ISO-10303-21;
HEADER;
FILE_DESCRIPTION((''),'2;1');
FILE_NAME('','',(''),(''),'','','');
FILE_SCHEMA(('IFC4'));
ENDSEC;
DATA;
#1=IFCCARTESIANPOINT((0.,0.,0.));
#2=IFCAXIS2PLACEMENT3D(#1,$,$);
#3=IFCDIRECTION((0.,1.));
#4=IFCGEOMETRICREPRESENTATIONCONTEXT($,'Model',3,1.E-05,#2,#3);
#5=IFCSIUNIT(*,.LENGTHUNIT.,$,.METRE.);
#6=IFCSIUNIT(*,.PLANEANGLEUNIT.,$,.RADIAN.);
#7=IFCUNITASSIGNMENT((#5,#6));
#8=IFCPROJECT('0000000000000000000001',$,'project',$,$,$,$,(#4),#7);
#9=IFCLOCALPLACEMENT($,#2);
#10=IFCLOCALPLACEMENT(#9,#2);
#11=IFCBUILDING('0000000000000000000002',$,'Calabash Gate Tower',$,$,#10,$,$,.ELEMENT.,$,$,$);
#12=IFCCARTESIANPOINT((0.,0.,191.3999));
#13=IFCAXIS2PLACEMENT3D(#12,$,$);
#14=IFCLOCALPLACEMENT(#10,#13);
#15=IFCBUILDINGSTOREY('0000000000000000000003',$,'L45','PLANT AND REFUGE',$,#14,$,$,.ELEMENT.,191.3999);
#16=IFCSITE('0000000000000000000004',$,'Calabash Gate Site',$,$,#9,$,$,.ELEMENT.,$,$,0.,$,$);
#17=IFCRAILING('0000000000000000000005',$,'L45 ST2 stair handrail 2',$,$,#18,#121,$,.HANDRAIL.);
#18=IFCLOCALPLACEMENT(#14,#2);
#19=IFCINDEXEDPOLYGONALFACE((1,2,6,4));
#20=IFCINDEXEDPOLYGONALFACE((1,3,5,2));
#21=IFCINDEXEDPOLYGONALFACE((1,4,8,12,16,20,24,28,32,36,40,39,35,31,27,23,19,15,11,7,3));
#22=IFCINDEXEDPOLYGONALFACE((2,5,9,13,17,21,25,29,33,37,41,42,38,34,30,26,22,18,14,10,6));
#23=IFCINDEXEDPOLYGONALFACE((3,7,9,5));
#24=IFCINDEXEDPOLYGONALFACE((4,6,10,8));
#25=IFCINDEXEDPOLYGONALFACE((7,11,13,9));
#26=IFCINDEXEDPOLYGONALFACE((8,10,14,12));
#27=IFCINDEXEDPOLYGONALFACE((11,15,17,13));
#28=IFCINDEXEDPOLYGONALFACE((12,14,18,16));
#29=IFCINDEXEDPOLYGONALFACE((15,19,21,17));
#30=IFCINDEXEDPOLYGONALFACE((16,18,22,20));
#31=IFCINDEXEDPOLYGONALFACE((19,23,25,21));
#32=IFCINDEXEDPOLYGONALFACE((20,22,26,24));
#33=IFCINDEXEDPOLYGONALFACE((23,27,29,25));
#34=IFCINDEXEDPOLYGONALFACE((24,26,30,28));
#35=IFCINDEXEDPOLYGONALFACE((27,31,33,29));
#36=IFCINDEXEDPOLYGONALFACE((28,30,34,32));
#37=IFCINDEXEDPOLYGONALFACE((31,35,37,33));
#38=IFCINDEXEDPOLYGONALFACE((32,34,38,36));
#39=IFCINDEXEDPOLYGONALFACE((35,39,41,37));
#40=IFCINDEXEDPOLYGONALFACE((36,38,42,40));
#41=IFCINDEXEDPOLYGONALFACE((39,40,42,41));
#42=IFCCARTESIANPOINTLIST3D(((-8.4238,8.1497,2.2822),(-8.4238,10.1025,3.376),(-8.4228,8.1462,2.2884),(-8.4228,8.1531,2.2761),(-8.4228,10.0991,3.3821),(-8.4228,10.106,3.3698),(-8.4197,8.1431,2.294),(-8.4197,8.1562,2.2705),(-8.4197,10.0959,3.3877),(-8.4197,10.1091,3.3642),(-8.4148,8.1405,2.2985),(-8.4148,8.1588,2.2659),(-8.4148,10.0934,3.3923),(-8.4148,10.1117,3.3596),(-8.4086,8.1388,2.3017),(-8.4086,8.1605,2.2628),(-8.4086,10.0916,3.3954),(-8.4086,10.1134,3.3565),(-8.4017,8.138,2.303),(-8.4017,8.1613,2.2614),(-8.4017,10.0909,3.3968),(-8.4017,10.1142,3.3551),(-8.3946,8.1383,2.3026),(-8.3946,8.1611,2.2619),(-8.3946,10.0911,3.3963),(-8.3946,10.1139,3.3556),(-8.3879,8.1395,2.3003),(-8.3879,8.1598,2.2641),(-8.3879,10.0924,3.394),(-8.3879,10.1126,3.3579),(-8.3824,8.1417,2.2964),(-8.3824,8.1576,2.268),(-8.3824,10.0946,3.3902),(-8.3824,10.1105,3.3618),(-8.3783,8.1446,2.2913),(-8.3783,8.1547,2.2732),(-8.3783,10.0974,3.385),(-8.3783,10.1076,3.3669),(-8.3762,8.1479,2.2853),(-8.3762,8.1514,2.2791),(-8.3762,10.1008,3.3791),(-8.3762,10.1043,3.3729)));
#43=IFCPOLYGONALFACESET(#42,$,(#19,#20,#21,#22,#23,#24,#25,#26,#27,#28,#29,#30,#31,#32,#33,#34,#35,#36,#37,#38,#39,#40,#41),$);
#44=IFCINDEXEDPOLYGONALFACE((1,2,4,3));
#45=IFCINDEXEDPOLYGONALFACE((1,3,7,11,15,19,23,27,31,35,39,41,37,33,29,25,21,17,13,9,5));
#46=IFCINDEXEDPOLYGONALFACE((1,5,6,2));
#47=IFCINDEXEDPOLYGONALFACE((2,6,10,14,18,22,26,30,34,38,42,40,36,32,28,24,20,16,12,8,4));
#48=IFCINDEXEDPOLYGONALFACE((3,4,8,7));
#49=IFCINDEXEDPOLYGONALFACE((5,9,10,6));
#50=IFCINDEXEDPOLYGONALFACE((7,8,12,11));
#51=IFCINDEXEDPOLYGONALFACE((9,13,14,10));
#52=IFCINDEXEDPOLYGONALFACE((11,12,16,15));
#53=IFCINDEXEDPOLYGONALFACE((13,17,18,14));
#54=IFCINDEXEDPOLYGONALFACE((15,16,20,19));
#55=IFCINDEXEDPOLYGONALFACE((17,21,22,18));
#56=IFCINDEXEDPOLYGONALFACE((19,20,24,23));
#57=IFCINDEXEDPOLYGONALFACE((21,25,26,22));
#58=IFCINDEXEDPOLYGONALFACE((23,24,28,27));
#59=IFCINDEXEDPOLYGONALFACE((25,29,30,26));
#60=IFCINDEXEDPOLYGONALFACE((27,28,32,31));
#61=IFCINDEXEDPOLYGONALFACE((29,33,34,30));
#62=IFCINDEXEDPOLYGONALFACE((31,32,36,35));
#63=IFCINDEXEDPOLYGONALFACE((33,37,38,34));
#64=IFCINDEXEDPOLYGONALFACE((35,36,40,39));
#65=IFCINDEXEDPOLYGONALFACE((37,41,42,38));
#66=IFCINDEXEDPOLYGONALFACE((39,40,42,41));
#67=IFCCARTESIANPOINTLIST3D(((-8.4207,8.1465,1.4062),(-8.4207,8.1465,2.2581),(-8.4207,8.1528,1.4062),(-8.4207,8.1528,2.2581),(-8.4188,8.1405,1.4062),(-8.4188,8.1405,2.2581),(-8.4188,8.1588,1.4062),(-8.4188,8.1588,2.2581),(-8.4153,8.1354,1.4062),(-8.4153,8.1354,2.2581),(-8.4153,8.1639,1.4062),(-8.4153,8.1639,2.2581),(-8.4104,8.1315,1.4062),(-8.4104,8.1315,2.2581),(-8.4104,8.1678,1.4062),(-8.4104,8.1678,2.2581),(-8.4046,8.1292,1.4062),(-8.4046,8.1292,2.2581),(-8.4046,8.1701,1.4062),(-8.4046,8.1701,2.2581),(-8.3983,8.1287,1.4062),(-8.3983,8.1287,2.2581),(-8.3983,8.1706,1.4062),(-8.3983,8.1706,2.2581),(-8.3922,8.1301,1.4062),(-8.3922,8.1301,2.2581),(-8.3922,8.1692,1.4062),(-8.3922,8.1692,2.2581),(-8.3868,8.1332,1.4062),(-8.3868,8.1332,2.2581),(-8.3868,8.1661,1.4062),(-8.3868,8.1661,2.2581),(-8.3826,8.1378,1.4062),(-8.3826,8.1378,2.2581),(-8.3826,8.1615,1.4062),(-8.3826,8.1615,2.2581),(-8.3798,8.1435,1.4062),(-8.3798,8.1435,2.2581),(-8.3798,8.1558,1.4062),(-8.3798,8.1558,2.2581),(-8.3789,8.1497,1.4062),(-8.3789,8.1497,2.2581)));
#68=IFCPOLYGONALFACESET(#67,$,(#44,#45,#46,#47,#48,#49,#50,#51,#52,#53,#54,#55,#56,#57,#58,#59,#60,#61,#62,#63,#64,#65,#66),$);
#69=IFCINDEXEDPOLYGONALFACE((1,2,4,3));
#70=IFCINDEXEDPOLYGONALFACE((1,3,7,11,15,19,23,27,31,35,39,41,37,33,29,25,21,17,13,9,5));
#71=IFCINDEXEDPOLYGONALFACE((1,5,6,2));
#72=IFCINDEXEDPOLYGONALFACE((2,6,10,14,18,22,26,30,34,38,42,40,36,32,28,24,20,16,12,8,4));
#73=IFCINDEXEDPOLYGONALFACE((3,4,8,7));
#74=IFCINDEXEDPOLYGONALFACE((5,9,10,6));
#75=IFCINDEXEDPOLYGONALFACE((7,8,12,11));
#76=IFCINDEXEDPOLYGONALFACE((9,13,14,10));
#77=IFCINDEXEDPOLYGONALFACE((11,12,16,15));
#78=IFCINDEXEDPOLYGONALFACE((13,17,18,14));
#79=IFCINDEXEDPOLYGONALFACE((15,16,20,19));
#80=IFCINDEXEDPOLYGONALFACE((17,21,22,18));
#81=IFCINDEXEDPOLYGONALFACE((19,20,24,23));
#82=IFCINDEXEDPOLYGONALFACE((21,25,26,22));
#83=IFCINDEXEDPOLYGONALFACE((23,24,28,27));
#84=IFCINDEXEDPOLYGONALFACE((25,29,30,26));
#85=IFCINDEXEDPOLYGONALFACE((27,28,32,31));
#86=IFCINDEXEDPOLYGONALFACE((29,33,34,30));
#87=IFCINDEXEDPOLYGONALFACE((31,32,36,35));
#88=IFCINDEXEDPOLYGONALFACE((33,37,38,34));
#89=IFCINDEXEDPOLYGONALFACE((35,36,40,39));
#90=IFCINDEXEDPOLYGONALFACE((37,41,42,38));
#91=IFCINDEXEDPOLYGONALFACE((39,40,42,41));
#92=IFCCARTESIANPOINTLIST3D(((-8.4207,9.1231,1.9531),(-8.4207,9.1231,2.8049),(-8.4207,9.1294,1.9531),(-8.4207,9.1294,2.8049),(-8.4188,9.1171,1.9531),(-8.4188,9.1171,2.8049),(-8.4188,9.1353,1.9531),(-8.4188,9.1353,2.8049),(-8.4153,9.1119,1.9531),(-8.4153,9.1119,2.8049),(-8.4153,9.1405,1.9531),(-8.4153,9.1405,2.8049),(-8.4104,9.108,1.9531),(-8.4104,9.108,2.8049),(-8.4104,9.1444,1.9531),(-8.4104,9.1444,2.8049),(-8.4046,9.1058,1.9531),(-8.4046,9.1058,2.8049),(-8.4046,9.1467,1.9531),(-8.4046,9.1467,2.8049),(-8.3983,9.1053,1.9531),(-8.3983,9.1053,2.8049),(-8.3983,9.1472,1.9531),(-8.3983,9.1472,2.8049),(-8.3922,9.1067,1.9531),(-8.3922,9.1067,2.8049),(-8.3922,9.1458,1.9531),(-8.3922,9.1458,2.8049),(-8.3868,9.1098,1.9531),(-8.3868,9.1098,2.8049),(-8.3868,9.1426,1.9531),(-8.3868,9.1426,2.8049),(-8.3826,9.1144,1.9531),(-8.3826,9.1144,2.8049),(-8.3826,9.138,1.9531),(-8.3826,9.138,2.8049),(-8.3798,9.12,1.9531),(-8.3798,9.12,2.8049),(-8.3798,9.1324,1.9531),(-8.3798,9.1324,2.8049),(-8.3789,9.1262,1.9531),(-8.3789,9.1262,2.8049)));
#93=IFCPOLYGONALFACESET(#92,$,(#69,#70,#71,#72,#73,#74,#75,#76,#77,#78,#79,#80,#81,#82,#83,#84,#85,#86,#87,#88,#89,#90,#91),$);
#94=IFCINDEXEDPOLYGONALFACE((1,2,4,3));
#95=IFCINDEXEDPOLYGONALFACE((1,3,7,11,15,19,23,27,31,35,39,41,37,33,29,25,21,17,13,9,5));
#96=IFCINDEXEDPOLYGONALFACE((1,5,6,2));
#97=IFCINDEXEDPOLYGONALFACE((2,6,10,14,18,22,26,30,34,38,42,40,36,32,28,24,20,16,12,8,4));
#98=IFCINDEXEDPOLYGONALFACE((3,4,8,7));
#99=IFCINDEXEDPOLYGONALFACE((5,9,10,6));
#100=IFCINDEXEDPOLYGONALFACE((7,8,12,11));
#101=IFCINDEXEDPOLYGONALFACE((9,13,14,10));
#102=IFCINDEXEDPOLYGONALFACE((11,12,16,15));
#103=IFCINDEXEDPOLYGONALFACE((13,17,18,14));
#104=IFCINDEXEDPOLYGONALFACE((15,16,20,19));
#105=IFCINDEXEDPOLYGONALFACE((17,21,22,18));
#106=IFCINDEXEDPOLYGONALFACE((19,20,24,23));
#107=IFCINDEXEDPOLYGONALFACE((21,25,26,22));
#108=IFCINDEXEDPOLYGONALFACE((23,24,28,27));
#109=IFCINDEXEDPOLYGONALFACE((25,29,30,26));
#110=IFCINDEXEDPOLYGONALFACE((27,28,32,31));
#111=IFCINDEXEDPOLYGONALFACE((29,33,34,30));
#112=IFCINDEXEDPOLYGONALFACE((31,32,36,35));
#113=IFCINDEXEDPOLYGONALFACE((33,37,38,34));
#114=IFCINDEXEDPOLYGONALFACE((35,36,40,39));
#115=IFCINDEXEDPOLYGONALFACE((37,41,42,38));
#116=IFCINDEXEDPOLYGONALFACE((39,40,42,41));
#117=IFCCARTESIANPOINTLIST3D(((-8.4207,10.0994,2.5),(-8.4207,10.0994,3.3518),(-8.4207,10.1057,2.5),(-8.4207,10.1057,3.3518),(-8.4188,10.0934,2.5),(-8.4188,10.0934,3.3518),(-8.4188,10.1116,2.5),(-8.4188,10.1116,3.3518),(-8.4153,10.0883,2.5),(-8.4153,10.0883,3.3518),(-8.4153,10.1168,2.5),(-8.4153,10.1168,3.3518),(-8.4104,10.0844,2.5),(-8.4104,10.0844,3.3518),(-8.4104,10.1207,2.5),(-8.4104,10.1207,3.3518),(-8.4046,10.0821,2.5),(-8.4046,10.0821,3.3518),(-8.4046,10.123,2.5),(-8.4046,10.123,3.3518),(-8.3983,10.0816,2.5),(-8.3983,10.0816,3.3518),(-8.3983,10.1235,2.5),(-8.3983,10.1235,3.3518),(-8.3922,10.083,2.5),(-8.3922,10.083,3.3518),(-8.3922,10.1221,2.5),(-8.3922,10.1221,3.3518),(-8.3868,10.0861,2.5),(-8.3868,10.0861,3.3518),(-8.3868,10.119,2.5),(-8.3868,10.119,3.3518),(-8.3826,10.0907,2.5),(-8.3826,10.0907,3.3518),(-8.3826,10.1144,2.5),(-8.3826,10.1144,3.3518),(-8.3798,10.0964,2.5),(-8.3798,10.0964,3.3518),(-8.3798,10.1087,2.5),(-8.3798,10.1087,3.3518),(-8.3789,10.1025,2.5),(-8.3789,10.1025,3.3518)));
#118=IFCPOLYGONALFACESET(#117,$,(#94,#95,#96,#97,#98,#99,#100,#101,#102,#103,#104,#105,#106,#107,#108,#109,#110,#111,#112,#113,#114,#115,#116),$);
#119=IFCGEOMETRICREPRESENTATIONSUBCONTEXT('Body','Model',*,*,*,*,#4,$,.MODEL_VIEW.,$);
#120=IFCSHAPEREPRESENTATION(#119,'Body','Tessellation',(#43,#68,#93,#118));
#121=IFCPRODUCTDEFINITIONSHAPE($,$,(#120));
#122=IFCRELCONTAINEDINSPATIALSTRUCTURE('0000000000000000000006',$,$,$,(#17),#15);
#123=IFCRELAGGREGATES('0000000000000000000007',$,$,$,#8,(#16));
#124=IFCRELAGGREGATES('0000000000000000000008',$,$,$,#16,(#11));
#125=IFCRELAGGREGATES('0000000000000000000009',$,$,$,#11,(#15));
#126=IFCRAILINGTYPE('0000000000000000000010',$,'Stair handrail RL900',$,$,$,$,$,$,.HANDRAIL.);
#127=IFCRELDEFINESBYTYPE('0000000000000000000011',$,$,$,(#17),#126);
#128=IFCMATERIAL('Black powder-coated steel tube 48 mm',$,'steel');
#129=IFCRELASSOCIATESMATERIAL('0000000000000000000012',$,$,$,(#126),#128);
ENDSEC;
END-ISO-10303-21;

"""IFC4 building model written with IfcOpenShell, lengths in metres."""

from ifc_helpers import new_model, si_unit, direction, frame, origin, origin_2d, place, context, subcontext, project, spatial, circle, extrude, material, type_object, element, save


model = new_model("IFC4")

# Units and contexts
model_context = context("Model", 3, precision=1e-05, world=origin(), true_north=direction((0.0, 1.0)))
body_context = subcontext(model_context, "Body", "Model", "MODEL_VIEW")
ifc_project = project(units=[si_unit("LENGTHUNIT", "METRE"), si_unit("PLANEANGLEUNIT", "RADIAN")], contexts=[model_context])

# Site, building, storey
site_placement = place(None, origin())
site = spatial("IfcSite", under=ifc_project, at=site_placement, Name="Calabash Gate Site", CompositionType="ELEMENT", RefElevation=0.0)
building_placement = place(site_placement, origin())
building = spatial("IfcBuilding", under=site, at=building_placement, Name="Calabash Gate Tower", CompositionType="ELEMENT")
storey_placement = place(building_placement, frame((0.0, 0.0, 191.3999)))
storey = spatial("IfcBuildingStorey", under=building, at=storey_placement, Name="L45", Description="PLANT AND REFUGE", CompositionType="ELEMENT", Elevation=191.3999)

# Railing
ifc_material_1 = material(Name="Black powder-coated steel tube 48 mm", Category="steel")
railing_type_1 = type_object("IfcRailingType", Name="Stair handrail RL900", PredefinedType="HANDRAIL", material=ifc_material_1)
railing_1_placement = place(storey_placement, frame((-8.3999, 8.1497, 1.4062)))
element("IfcRailing", 1, at=railing_1_placement, inside=storey, type_object=railing_type_1, Name="L45 ST2 stair handrail 2", PredefinedType="HANDRAIL", context=body_context, shape_type="SweptSolid", body=[
    extrude(circle(Radius=0.0239, at=origin_2d()), frame((0.0, 0.0, 0.876), z_axis=(0.0, 0.87248, 0.48865), x_axis=(-1.0, 0.0, 0.0)), (0.0, 0.0, 1.0), 2.2383),
    extrude(circle(Radius=0.021, at=origin_2d()), origin(), (0.0, 0.0, 1.0), 0.8518),
    extrude(circle(Radius=0.021, at=origin_2d()), frame((0.0, 0.9766, 0.5469)), (0.0, 0.0, 1.0), 0.8518),
    extrude(circle(Radius=0.021, at=origin_2d()), frame((0.0, 1.9529, 1.0938)), (0.0, 0.0, 1.0), 0.8518),
])

save(model, "model.ifc")
